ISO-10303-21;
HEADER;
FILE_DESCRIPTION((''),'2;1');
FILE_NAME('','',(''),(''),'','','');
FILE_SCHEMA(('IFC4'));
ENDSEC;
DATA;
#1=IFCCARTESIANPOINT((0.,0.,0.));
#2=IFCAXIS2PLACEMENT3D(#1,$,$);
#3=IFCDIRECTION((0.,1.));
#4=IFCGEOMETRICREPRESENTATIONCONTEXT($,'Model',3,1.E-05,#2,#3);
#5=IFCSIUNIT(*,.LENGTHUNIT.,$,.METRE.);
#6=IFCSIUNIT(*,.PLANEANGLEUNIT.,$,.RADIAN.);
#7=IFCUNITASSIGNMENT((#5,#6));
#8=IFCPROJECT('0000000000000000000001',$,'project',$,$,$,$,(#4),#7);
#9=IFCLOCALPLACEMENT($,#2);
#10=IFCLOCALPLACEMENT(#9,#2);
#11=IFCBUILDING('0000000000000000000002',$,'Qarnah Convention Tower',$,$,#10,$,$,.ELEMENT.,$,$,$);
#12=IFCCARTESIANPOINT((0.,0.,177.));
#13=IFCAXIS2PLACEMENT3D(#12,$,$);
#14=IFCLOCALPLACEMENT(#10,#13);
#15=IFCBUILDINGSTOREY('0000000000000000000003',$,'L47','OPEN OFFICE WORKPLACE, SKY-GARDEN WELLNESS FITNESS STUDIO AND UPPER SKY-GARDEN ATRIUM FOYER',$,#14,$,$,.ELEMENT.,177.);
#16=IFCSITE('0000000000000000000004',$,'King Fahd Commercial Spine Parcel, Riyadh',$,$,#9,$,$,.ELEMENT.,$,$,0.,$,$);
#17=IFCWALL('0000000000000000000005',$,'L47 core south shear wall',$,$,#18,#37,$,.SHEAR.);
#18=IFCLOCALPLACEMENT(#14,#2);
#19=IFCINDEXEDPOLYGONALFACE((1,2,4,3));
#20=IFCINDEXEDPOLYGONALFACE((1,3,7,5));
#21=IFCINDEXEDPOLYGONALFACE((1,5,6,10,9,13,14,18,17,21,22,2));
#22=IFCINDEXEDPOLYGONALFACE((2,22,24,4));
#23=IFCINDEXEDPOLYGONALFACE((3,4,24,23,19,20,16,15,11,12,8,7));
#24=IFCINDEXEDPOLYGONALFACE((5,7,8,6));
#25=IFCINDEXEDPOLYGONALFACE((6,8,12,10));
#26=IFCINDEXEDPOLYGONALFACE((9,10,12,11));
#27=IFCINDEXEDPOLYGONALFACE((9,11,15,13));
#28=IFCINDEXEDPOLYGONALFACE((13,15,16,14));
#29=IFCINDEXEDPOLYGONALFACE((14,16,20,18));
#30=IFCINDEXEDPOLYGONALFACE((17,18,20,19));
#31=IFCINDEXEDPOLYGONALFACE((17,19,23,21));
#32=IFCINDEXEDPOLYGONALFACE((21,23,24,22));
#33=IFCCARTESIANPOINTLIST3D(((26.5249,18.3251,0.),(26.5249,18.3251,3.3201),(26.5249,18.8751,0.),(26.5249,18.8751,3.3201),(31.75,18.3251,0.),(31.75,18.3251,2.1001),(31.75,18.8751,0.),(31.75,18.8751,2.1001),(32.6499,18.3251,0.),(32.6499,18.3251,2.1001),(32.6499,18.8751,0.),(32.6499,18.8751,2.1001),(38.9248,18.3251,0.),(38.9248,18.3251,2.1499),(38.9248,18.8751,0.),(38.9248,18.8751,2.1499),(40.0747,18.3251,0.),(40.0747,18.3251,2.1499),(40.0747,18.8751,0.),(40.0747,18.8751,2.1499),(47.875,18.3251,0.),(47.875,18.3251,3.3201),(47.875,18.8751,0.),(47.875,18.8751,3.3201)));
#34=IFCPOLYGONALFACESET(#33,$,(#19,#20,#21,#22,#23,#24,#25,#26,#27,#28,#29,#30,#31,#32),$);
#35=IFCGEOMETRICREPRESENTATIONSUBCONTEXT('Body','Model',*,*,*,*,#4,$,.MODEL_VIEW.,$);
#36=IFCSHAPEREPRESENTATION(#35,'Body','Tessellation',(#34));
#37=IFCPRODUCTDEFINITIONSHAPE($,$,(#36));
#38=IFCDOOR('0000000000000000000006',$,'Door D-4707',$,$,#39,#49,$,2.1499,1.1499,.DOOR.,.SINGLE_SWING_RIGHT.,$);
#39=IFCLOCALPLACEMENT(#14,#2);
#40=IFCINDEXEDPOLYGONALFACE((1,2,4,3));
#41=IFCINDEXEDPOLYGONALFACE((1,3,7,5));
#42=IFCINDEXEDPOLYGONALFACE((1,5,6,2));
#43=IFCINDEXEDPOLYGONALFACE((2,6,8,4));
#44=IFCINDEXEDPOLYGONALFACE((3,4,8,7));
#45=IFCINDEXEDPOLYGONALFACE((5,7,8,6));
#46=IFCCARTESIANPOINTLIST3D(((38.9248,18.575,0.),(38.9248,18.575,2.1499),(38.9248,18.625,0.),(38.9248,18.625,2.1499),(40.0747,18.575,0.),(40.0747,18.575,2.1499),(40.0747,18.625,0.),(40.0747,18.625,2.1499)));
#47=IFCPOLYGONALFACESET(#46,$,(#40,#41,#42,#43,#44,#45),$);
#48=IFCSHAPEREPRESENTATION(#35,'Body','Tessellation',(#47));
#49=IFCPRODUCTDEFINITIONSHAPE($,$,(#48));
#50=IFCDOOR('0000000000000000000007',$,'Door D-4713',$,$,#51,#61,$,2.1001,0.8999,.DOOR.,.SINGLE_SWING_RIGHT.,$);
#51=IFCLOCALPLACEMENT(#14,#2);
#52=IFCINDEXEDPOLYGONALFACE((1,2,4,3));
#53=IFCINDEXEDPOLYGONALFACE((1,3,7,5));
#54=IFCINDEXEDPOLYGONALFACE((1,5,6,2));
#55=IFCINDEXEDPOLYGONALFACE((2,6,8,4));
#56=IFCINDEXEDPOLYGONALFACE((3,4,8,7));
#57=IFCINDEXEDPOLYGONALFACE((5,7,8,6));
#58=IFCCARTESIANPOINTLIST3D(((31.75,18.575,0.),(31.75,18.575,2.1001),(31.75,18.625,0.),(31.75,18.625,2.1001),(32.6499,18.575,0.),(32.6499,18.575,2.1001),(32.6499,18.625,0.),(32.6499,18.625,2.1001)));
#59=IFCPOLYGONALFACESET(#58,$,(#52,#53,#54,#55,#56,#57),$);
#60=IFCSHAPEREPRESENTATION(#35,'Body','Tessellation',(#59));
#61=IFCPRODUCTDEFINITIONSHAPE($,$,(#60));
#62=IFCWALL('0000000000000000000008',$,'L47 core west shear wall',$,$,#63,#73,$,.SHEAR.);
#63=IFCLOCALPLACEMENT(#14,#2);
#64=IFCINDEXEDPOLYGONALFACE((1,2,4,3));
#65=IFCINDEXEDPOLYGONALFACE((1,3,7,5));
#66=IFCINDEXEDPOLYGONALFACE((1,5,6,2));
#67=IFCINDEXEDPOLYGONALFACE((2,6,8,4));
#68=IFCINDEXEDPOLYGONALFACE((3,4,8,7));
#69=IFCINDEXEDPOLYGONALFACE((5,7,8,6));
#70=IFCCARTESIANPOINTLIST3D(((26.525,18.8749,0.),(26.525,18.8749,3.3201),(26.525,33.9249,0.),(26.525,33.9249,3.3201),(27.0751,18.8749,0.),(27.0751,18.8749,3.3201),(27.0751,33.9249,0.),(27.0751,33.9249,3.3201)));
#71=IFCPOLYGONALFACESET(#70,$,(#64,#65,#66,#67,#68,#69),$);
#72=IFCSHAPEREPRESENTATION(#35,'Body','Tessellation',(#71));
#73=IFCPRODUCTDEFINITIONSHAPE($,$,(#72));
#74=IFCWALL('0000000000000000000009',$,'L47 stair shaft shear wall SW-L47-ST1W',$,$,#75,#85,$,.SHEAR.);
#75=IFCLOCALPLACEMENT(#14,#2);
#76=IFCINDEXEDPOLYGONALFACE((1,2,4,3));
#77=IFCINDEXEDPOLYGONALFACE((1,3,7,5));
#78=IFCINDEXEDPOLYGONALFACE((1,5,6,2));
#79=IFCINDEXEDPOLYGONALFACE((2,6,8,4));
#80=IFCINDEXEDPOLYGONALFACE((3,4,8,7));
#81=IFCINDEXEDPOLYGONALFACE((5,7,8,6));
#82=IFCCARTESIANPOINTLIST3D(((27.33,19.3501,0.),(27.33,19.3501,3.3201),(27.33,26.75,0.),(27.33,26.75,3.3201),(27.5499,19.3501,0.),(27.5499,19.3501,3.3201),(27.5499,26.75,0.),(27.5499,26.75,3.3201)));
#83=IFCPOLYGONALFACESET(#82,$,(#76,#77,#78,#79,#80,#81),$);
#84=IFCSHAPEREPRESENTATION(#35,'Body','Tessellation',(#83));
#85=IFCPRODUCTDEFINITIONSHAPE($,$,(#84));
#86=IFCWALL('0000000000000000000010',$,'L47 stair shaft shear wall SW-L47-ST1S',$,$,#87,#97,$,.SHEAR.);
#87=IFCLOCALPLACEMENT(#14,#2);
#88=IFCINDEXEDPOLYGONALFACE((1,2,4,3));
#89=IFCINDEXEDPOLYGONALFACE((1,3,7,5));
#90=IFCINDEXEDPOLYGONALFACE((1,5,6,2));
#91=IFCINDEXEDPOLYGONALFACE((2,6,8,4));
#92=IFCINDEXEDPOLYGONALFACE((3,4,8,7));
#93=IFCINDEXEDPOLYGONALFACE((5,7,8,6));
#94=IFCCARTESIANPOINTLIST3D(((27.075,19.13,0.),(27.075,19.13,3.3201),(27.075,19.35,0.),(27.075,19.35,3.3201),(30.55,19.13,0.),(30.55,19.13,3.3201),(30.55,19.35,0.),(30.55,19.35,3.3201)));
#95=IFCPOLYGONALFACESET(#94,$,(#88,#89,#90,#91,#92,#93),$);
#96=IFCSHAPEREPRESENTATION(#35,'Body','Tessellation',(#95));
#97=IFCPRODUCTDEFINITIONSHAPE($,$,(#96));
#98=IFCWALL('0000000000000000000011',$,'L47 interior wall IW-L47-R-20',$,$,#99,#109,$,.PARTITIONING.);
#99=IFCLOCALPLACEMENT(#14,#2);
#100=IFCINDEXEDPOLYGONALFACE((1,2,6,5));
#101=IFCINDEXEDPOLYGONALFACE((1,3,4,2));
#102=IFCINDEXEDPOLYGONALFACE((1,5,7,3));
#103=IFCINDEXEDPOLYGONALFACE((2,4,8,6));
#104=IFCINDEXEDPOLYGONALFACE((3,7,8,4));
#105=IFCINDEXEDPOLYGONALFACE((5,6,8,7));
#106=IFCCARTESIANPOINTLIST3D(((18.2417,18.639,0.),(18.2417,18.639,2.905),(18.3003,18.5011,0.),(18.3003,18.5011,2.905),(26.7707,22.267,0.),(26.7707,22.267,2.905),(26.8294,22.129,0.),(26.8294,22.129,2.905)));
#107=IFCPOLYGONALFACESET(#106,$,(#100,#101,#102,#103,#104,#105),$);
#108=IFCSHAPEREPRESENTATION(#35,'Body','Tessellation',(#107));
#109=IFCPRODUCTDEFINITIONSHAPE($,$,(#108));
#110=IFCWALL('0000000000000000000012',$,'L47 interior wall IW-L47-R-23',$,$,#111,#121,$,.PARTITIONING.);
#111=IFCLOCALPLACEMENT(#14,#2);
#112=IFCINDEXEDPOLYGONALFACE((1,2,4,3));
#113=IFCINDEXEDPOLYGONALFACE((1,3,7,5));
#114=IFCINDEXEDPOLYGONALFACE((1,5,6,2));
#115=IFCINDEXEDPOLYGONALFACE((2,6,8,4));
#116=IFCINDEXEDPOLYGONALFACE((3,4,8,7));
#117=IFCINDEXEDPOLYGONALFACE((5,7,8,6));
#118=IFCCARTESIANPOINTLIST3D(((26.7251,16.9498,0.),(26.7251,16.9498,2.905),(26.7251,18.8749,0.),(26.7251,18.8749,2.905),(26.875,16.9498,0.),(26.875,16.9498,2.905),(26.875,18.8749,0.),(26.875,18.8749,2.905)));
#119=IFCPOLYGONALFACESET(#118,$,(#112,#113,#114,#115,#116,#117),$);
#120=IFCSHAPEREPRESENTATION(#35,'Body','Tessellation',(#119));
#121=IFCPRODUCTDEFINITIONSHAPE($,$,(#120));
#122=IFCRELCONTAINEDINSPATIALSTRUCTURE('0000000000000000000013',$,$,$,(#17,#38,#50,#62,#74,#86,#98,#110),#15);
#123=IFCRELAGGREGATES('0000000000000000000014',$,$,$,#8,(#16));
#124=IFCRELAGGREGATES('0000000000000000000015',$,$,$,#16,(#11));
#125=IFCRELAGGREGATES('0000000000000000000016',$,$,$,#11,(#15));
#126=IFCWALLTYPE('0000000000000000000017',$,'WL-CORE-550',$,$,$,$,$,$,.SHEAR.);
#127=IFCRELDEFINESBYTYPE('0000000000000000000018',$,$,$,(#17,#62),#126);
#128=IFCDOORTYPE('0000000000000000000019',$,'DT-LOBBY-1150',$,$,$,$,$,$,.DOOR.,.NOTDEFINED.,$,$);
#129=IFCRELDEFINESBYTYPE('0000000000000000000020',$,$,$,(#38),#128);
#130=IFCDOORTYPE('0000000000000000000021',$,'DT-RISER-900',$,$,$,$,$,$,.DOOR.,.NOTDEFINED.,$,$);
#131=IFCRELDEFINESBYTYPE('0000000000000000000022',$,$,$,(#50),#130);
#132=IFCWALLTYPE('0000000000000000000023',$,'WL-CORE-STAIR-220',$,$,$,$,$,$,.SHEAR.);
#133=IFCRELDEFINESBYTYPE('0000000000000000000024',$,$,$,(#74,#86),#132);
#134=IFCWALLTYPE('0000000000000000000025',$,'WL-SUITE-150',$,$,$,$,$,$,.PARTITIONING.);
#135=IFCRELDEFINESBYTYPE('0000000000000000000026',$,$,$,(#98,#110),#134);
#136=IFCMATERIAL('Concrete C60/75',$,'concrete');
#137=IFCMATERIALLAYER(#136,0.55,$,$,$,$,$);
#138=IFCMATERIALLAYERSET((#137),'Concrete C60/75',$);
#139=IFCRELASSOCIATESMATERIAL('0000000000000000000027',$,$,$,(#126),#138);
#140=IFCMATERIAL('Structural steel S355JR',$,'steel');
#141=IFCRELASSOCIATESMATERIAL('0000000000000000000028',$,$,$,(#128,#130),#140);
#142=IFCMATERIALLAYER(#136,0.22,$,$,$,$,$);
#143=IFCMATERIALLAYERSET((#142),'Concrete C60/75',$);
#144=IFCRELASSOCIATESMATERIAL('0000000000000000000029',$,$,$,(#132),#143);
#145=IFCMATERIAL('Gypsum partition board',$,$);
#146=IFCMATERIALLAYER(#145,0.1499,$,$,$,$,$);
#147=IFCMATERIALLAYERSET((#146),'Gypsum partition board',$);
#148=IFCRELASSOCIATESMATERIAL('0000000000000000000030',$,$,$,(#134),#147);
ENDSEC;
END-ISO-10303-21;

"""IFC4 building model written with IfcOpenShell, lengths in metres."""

from ifc_helpers import new_model, si_unit, direction, frame, frame_2d, origin, place, context, subcontext, project, spatial, rectangle, extrude, material, layer, layer_set, type_object, element, fill, save


model = new_model("IFC4")

# Units and contexts
model_context = context("Model", 3, precision=1e-05, world=origin(), true_north=direction((0.0, 1.0)))
body_context = subcontext(model_context, "Body", "Model", "MODEL_VIEW")
ifc_project = project(units=[si_unit("LENGTHUNIT", "METRE"), si_unit("PLANEANGLEUNIT", "RADIAN")], contexts=[model_context])

# Site, building, storey
site_placement = place(None, origin())
site = spatial("IfcSite", under=ifc_project, at=site_placement, Name="King Fahd Commercial Spine Parcel, Riyadh", CompositionType="ELEMENT", RefElevation=0.0)
building_placement = place(site_placement, origin())
building = spatial("IfcBuilding", under=site, at=building_placement, Name="Qarnah Convention Tower", CompositionType="ELEMENT")
storey_placement = place(building_placement, frame((0.0, 0.0, 177.0)))
storey = spatial("IfcBuildingStorey", under=building, at=storey_placement, Name="L47", Description="OPEN OFFICE WORKPLACE, SKY-GARDEN WELLNESS FITNESS STUDIO AND UPPER SKY-GARDEN ATRIUM FOYER", CompositionType="ELEMENT", Elevation=177.0)

# Shared definitions
ifc_material_1 = material(Name="Structural steel S355JR", Category="steel")

# Wall, openings, doors
ifc_material_2 = material(Name="Concrete C60/75", Category="concrete")
ifc_layer_1 = layer(ifc_material_2, 0.55)
ifc_layer_set_1 = layer_set([ifc_layer_1], Name="Concrete C60/75")
wall_type_1 = type_object("IfcWallType", Name="WL-CORE-550", PredefinedType="SHEAR", material=ifc_layer_set_1)
wall_1_placement = place(storey_placement, frame((26.5249, 18.6001, 0.0), z_axis=(0.0, 0.0, 1.0), x_axis=(1.0, 0.0, 0.0)))
wall_1 = element("IfcWall", 1, at=wall_1_placement, inside=storey, type_object=wall_type_1, Name="L47 core south shear wall", PredefinedType="SHEAR", context=body_context, shape_type="SweptSolid", body=[
    extrude(rectangle(XDim=21.3501, YDim=0.55, at=frame_2d((10.675, 0.0))), origin(), (0.0, 0.0, 1.0), 3.3201),
])
opening_1_placement = place(wall_1_placement, frame((12.3999, 0.0, 0.0)))
opening_1 = element("IfcOpeningElement", 2, at=opening_1_placement, cuts=wall_1, PredefinedType="OPENING", context=body_context, shape_type="SweptSolid", body=[
    extrude(rectangle(XDim=1.1499, YDim=2.1499, at=frame_2d((0.575, 1.075))), frame((0.0, 0.2849, 0.0), z_axis=(0.0, -1.0, 0.0), x_axis=(1.0, 0.0, 0.0)), (0.0, 0.0, 1.0), 0.5701),
])
opening_2_placement = place(wall_1_placement, frame((5.2251, 0.0, 0.0)))
opening_2 = element("IfcOpeningElement", 3, at=opening_2_placement, cuts=wall_1, PredefinedType="OPENING", context=body_context, shape_type="SweptSolid", body=[
    extrude(rectangle(XDim=0.8999, YDim=2.1001, at=frame_2d((0.45, 1.05))), frame((0.0, 0.2849, 0.0), z_axis=(0.0, -1.0, 0.0), x_axis=(1.0, 0.0, 0.0)), (0.0, 0.0, 1.0), 0.5701),
])
door_type_1 = type_object("IfcDoorType", Name="DT-LOBBY-1150", OperationType="NOTDEFINED", PredefinedType="DOOR", material=ifc_material_1)
door_1_placement = place(opening_1_placement, origin())
door_1 = element("IfcDoor", 4, at=door_1_placement, inside=storey, type_object=door_type_1, Name="Door D-4707", OperationType="SINGLE_SWING_RIGHT", OverallHeight=2.1499, OverallWidth=1.1499, PredefinedType="DOOR", context=body_context, shape_type="SweptSolid", body=[
    extrude(rectangle(XDim=1.1499, YDim=2.1499, at=frame_2d((0.575, 1.075))), frame((0.0, 0.0249, 0.0), z_axis=(0.0, -1.0, 0.0), x_axis=(1.0, 0.0, 0.0)), (0.0, 0.0, 1.0), 0.05),
])
fill(opening_1, door_1)
door_type_2 = type_object("IfcDoorType", Name="DT-RISER-900", OperationType="NOTDEFINED", PredefinedType="DOOR", material=ifc_material_1)
door_2_placement = place(opening_2_placement, origin())
door_2 = element("IfcDoor", 5, at=door_2_placement, inside=storey, type_object=door_type_2, Name="Door D-4713", OperationType="SINGLE_SWING_RIGHT", OverallHeight=2.1001, OverallWidth=0.8999, PredefinedType="DOOR", context=body_context, shape_type="SweptSolid", body=[
    extrude(rectangle(XDim=0.8999, YDim=2.1001, at=frame_2d((0.45, 1.05))), frame((0.0, 0.0249, 0.0), z_axis=(0.0, -1.0, 0.0), x_axis=(1.0, 0.0, 0.0)), (0.0, 0.0, 1.0), 0.05),
])
fill(opening_2, door_2)

# Walls
wall_2_placement = place(storey_placement, frame((26.8, 18.875, 0.0), z_axis=(0.0, 0.0, 1.0), x_axis=(0.0, 1.0, 0.0)))
element("IfcWall", 6, at=wall_2_placement, inside=storey, type_object=wall_type_1, Name="L47 core west shear wall", PredefinedType="SHEAR", context=body_context, shape_type="SweptSolid", body=[
    extrude(rectangle(XDim=15.05, YDim=0.55, at=frame_2d((7.5249, 0.0))), origin(), (0.0, 0.0, 1.0), 3.3201),
])
ifc_layer_2 = layer(ifc_material_2, 0.22)
ifc_layer_set_2 = layer_set([ifc_layer_2], Name="Concrete C60/75")
wall_type_2 = type_object("IfcWallType", Name="WL-CORE-STAIR-220", PredefinedType="SHEAR", material=ifc_layer_set_2)
wall_3_placement = place(storey_placement, frame((27.4399, 19.3501, 0.0), z_axis=(0.0, 0.0, 1.0), x_axis=(0.0, 1.0, 0.0)))
element("IfcWall", 7, at=wall_3_placement, inside=storey, type_object=wall_type_2, Name="L47 stair shaft shear wall SW-L47-ST1W", PredefinedType="SHEAR", context=body_context, shape_type="SweptSolid", body=[
    extrude(rectangle(XDim=7.3999, YDim=0.22, at=frame_2d((3.7, 0.0))), origin(), (0.0, 0.0, 1.0), 3.3201),
])
wall_4_placement = place(storey_placement, frame((27.075, 19.24, 0.0), z_axis=(0.0, 0.0, 1.0), x_axis=(1.0, 0.0, 0.0)))
element("IfcWall", 8, at=wall_4_placement, inside=storey, type_object=wall_type_2, Name="L47 stair shaft shear wall SW-L47-ST1S", PredefinedType="SHEAR", context=body_context, shape_type="SweptSolid", body=[
    extrude(rectangle(XDim=3.4751, YDim=0.22, at=frame_2d((1.7375, 0.0))), origin(), (0.0, 0.0, 1.0), 3.3201),
])

# Walls
ifc_material_3 = material(Name="Gypsum partition board")
ifc_layer_3 = layer(ifc_material_3, 0.1499)
ifc_layer_set_3 = layer_set([ifc_layer_3], Name="Gypsum partition board")
wall_type_3 = type_object("IfcWallType", Name="WL-SUITE-150", PredefinedType="PARTITIONING", material=ifc_layer_set_3)
wall_5_placement = place(storey_placement, frame((18.271, 18.5701, 0.0), z_axis=(0.0, 0.0, 1.0), x_axis=(0.920211, 0.391422, 0.0)))
element("IfcWall", 9, at=wall_5_placement, inside=storey, type_object=wall_type_3, Name="L47 interior wall IW-L47-R-20", PredefinedType="PARTITIONING", context=body_context, shape_type="SweptSolid", body=[
    extrude(rectangle(XDim=9.2686, YDim=0.1499, at=frame_2d((4.6343, 0.0))), origin(), (0.0, 0.0, 1.0), 2.905),
])
wall_6_placement = place(storey_placement, frame((26.8, 16.95, 0.0), z_axis=(0.0, 0.0, 1.0), x_axis=(0.0, 1.0, 0.0)))
element("IfcWall", 10, at=wall_6_placement, inside=storey, type_object=wall_type_3, Name="L47 interior wall IW-L47-R-23", PredefinedType="PARTITIONING", context=body_context, shape_type="SweptSolid", body=[
    extrude(rectangle(XDim=1.925, YDim=0.1499, at=frame_2d((0.9624, 0.0))), origin(), (0.0, 0.0, 1.0), 2.905),
])

save(model, "model.ifc")
